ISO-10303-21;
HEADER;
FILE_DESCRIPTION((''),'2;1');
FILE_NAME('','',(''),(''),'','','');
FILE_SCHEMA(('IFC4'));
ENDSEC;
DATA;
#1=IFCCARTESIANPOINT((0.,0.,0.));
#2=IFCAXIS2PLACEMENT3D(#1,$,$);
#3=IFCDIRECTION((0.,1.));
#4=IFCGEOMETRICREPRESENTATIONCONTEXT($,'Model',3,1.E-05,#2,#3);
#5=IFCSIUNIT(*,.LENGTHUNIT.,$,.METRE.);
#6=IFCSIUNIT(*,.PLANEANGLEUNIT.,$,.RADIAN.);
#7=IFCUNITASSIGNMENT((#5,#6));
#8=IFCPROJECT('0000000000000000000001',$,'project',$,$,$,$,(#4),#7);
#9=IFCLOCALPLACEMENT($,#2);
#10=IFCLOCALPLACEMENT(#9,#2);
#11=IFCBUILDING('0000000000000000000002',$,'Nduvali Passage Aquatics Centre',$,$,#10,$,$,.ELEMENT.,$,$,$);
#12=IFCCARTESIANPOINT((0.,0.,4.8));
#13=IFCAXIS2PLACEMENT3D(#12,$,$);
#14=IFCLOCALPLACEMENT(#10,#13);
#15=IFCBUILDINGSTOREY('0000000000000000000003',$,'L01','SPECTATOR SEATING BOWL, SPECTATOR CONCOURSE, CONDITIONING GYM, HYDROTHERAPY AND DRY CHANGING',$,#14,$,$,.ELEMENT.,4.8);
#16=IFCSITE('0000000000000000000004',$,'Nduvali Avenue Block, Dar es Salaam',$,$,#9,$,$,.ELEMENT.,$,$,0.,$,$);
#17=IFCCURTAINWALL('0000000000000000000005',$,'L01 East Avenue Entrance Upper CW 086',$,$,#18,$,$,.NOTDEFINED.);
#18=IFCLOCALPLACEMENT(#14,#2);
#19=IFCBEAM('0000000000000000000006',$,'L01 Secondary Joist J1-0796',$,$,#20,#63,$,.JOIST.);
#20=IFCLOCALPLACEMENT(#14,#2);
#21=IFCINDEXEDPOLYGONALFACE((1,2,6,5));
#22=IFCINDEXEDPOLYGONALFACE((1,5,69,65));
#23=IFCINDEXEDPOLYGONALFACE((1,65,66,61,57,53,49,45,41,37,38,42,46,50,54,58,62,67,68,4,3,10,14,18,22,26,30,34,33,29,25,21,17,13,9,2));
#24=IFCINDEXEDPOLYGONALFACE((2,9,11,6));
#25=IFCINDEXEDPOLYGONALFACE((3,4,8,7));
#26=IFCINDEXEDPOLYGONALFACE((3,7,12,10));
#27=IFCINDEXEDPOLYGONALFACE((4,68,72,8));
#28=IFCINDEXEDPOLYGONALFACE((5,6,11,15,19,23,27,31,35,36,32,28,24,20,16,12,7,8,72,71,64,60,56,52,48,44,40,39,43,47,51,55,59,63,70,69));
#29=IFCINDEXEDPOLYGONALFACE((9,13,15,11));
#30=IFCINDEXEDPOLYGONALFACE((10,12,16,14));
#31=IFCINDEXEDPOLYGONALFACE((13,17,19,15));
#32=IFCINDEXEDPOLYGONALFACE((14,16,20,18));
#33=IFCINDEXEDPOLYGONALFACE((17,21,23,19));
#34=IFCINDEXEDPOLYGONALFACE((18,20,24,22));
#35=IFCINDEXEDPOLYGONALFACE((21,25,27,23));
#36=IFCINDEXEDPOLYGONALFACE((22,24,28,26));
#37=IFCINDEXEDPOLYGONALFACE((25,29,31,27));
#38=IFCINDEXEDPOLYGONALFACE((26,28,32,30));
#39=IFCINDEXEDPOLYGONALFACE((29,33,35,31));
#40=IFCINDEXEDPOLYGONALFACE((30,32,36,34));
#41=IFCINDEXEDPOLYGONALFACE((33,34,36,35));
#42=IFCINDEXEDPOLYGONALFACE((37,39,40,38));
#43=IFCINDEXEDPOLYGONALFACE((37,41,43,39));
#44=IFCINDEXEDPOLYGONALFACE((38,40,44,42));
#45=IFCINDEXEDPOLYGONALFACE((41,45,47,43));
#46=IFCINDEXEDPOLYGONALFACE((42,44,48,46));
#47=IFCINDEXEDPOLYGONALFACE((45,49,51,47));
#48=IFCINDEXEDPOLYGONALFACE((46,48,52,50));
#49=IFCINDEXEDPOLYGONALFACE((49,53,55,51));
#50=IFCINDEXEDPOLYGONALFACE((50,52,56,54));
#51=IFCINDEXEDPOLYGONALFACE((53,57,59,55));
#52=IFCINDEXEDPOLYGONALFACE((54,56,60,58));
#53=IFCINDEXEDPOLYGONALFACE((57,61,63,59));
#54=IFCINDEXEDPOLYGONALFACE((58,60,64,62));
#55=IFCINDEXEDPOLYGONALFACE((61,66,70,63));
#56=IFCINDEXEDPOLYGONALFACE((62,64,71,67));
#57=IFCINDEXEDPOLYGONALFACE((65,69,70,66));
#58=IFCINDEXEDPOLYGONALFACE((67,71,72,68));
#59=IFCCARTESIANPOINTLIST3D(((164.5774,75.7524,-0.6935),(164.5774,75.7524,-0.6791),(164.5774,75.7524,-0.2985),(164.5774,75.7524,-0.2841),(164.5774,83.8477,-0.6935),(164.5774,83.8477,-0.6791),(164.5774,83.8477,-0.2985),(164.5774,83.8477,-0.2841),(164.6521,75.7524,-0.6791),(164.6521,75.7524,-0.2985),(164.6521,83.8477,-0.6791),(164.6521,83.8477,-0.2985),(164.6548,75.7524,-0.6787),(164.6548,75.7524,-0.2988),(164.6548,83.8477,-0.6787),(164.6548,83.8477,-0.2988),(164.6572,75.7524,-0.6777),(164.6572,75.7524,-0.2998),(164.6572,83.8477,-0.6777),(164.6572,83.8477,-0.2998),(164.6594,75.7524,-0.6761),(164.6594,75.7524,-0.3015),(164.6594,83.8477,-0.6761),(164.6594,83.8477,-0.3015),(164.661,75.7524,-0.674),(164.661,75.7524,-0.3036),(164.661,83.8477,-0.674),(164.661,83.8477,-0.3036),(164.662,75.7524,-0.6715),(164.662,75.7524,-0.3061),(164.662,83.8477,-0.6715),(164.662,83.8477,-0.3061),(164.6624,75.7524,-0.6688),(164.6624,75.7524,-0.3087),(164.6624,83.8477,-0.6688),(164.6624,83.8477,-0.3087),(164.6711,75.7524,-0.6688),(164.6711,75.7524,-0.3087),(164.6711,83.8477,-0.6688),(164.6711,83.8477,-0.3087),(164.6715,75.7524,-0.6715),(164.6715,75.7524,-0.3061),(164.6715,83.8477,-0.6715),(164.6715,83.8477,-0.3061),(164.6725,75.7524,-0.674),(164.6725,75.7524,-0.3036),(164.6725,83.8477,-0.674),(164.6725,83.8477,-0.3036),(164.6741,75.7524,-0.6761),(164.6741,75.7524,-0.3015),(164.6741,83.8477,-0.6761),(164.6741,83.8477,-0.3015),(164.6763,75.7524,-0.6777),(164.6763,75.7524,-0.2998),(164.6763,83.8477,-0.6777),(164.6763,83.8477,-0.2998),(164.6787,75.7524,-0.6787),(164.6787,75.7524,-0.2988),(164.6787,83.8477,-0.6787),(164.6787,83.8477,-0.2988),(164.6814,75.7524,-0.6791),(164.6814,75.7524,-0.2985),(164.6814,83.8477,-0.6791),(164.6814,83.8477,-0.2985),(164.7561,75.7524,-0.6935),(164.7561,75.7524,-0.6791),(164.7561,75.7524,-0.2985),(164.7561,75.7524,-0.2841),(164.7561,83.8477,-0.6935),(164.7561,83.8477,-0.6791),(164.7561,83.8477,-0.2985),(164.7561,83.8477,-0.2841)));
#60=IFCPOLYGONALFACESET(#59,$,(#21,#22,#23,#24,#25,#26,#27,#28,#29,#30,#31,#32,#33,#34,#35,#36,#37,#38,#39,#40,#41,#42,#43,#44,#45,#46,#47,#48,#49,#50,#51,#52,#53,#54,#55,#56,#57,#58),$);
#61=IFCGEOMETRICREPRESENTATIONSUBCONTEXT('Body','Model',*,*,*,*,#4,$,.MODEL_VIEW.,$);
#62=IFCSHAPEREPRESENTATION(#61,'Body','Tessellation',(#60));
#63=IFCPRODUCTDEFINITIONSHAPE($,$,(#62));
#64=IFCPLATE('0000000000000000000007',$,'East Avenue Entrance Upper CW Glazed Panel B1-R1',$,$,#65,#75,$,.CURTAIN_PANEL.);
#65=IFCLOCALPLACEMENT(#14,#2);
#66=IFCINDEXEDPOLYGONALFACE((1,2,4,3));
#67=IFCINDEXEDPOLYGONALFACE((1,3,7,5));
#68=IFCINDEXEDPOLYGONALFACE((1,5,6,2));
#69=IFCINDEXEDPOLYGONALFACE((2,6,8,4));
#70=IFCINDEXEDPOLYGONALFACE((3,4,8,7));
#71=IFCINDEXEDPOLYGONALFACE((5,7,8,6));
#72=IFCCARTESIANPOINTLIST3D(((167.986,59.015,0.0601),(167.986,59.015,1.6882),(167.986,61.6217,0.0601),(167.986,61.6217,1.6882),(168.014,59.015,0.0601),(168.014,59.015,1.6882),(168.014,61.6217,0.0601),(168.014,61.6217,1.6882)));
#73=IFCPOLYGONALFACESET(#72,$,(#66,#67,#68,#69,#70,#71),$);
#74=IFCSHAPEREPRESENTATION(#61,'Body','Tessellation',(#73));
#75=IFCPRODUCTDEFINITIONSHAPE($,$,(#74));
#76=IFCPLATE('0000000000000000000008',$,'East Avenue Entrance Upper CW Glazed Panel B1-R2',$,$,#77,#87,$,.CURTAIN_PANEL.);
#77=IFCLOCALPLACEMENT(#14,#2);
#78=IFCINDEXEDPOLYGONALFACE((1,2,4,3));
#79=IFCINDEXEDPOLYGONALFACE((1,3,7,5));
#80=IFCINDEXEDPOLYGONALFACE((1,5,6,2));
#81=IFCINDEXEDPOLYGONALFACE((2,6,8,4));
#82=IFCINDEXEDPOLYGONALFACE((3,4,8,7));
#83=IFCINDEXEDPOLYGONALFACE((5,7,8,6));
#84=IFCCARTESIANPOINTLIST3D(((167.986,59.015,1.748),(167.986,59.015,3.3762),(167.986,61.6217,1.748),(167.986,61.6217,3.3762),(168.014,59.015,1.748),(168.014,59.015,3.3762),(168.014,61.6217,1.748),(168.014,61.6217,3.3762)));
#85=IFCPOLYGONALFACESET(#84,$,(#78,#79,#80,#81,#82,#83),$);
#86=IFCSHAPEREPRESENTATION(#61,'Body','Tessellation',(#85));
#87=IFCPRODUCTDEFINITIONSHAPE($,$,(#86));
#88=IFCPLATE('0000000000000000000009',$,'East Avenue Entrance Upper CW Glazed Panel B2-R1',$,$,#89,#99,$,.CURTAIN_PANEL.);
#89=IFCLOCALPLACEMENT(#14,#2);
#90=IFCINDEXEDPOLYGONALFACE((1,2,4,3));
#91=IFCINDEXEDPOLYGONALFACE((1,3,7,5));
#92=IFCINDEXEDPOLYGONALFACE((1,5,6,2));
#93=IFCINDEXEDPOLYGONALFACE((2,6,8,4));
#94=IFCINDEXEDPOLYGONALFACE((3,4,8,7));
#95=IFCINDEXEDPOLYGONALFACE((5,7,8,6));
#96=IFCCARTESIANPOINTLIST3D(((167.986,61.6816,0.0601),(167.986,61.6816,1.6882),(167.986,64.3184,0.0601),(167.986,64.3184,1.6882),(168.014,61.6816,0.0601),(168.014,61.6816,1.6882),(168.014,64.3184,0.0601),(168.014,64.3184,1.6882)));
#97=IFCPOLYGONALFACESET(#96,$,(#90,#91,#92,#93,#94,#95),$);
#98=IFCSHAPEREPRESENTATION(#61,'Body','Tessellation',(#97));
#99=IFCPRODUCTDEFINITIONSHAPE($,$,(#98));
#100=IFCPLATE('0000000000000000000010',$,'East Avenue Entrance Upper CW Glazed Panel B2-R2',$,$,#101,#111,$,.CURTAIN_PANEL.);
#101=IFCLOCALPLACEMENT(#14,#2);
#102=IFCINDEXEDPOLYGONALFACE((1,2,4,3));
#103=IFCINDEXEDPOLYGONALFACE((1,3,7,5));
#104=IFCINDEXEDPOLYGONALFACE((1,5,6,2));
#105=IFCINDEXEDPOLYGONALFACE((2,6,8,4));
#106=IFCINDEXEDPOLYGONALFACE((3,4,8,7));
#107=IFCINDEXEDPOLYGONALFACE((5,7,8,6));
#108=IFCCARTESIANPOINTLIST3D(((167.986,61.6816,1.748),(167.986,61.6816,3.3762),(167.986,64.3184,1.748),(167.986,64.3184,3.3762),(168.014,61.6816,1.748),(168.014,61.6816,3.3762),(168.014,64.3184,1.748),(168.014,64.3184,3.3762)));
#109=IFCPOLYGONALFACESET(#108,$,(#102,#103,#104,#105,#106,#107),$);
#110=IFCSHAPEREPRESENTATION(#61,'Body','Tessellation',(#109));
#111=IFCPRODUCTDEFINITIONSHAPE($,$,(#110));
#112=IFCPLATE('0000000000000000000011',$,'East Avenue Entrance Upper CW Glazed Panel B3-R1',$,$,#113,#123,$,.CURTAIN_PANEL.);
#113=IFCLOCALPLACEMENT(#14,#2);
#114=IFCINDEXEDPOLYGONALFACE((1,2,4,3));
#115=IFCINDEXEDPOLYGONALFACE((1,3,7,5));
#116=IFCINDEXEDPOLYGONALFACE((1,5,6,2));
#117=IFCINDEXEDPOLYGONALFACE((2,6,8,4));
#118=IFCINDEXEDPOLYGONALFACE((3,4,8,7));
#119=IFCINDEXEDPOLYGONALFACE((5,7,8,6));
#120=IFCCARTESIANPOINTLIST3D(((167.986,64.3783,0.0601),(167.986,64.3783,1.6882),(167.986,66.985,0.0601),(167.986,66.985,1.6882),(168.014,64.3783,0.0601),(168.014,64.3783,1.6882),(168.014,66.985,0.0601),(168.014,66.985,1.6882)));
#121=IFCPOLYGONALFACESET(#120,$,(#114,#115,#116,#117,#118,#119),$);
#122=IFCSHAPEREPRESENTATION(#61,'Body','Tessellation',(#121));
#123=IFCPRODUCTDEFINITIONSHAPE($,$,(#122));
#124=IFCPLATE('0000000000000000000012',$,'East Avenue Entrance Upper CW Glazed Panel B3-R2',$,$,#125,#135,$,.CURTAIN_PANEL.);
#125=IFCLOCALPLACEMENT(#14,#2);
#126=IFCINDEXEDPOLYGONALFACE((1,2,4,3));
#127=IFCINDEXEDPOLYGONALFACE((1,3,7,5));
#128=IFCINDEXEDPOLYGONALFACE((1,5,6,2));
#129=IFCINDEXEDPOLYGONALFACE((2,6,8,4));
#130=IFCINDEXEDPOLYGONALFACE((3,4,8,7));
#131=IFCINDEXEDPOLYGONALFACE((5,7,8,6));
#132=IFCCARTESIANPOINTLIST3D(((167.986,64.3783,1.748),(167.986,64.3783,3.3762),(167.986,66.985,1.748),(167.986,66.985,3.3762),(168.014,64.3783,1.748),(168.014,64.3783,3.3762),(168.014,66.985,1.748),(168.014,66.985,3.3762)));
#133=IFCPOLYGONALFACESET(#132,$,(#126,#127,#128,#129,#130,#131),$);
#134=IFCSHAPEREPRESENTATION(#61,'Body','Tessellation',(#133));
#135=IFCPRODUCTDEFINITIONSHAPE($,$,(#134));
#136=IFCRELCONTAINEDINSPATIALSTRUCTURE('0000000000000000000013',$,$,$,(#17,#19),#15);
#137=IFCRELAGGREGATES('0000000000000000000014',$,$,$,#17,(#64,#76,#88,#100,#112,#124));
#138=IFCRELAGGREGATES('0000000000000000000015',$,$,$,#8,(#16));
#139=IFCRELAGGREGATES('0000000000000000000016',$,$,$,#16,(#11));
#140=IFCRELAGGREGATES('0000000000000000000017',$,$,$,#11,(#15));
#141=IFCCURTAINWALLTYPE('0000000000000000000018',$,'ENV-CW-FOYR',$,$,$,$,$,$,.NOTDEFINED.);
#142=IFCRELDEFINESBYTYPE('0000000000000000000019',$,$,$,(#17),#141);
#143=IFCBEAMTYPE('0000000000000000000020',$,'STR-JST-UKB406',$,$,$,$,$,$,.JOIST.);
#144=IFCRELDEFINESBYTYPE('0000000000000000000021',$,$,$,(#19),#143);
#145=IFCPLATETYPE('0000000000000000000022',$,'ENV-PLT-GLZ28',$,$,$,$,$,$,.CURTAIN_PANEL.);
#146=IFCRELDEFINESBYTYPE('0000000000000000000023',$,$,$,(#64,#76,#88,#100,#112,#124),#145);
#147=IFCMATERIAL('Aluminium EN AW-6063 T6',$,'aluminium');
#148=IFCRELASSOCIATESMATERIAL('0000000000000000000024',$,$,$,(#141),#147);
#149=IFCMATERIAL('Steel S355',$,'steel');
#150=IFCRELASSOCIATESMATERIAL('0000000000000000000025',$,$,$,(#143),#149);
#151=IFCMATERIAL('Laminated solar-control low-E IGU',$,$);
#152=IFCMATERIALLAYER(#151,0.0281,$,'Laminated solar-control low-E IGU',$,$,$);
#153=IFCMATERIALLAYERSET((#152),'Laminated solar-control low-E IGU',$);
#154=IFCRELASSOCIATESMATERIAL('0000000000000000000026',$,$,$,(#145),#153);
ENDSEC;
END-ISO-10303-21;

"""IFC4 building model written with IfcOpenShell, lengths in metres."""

from ifc_helpers import new_model, si_unit, direction, frame, origin, origin_2d, place, context, subcontext, project, spatial, rectangle, i_section, extrude, material, layer, layer_set, material_profile, profile_set, type_object, element, aggregate, save


model = new_model("IFC4")

# Units and contexts
model_context = context("Model", 3, precision=1e-05, world=origin(), true_north=direction((0.0, 1.0)))
body_context = subcontext(model_context, "Body", "Model", "MODEL_VIEW")
ifc_project = project(units=[si_unit("LENGTHUNIT", "METRE"), si_unit("PLANEANGLEUNIT", "RADIAN")], contexts=[model_context])

# Site, building, storey
site_placement = place(None, origin())
site = spatial("IfcSite", under=ifc_project, at=site_placement, Name="Nduvali Avenue Block, Dar es Salaam", CompositionType="ELEMENT", RefElevation=0.0)
building_placement = place(site_placement, origin())
building = spatial("IfcBuilding", under=site, at=building_placement, Name="Nduvali Passage Aquatics Centre", CompositionType="ELEMENT")
storey_placement = place(building_placement, frame((0.0, 0.0, 4.8)))
storey = spatial("IfcBuildingStorey", under=building, at=storey_placement, Name="L01", Description="SPECTATOR SEATING BOWL, SPECTATOR CONCOURSE, CONDITIONING GYM, HYDROTHERAPY AND DRY CHANGING", CompositionType="ELEMENT", Elevation=4.8)

# Curtain wall
ifc_material_1 = material(Name="Aluminium EN AW-6063 T6", Category="aluminium")
curtain_wall_type = type_object("IfcCurtainWallType", Name="ENV-CW-FOYR", PredefinedType="NOTDEFINED", material=ifc_material_1)
curtain_wall_placement = place(storey_placement, origin())
curtain_wall = element("IfcCurtainWall", 1, at=curtain_wall_placement, inside=storey, type_object=curtain_wall_type, Name="L01 East Avenue Entrance Upper CW 086", PredefinedType="NOTDEFINED")

# Beam
ifc_material_2 = material(Name="Steel S355", Category="steel")
ifc_material_profile_1 = material_profile(ifc_material_2, i_section(OverallWidth=0.1787, OverallDepth=0.4094, WebThickness=0.0088, FlangeThickness=0.0144, FilletRadius=0.0103, at=origin_2d()), Name="UKB 406x178x67")
ifc_profile_set_1 = profile_set([ifc_material_profile_1], Name="Steel S355")
beam_type_1 = type_object("IfcBeamType", Name="STR-JST-UKB406", PredefinedType="JOIST", material=ifc_profile_set_1)
for number, where, z_axis, x_axis, name in (
    (2, (164.6667, 75.7524, -0.4888), (0.0, 1.0, 0.0), (-1.0, 0.0, 0.0), "L01 Secondary Joist J1-0796"),
):
    element("IfcBeam", number, at=place(storey_placement, frame(where, z_axis=z_axis, x_axis=x_axis)), inside=storey, type_object=beam_type_1, Name=name, PredefinedType="JOIST", context=body_context, shape_type="SweptSolid", body=[
        extrude(i_section(OverallWidth=0.1787, OverallDepth=0.4094, WebThickness=0.0088, FlangeThickness=0.0144, FilletRadius=0.0103, at=origin_2d()), origin(), (0.0, 0.0, 1.0), 8.0952),
    ])

# Plates
ifc_material_3 = material(Name="Laminated solar-control low-E IGU")
ifc_layer = layer(ifc_material_3, 0.0281, Name="Laminated solar-control low-E IGU")
ifc_layer_set = layer_set([ifc_layer], Name="Laminated solar-control low-E IGU")
plate_type = type_object("IfcPlateType", Name="ENV-PLT-GLZ28", PredefinedType="CURTAIN_PANEL", material=ifc_layer_set)
plate_1_placement = place(storey_placement, frame((168.0, 60.3184, 0.0601), z_axis=(0.0, 0.0, 1.0), x_axis=(0.0, 1.0, 0.0)))
plate_1 = element("IfcPlate", 3, at=plate_1_placement, type_object=plate_type, Name="East Avenue Entrance Upper CW Glazed Panel B1-R1", PredefinedType="CURTAIN_PANEL", context=body_context, shape_type="SweptSolid", body=[
    extrude(rectangle(XDim=2.6067, YDim=0.0281, at=origin_2d()), origin(), (0.0, 0.0, 1.0), 1.6282),
])
plate_2_placement = place(storey_placement, frame((168.0, 60.3184, 1.748), z_axis=(0.0, 0.0, 1.0), x_axis=(0.0, 1.0, 0.0)))
plate_2 = element("IfcPlate", 4, at=plate_2_placement, type_object=plate_type, Name="East Avenue Entrance Upper CW Glazed Panel B1-R2", PredefinedType="CURTAIN_PANEL", context=body_context, shape_type="SweptSolid", body=[
    extrude(rectangle(XDim=2.6067, YDim=0.0281, at=origin_2d()), origin(), (0.0, 0.0, 1.0), 1.6282),
])
plate_3_placement = place(storey_placement, frame((168.0, 63.0, 0.0601), z_axis=(0.0, 0.0, 1.0), x_axis=(0.0, 1.0, 0.0)))
plate_3 = element("IfcPlate", 5, at=plate_3_placement, type_object=plate_type, Name="East Avenue Entrance Upper CW Glazed Panel B2-R1", PredefinedType="CURTAIN_PANEL", context=body_context, shape_type="SweptSolid", body=[
    extrude(rectangle(XDim=2.6367, YDim=0.0281, at=origin_2d()), origin(), (0.0, 0.0, 1.0), 1.6282),
])
plate_4_placement = place(storey_placement, frame((168.0, 63.0, 1.748), z_axis=(0.0, 0.0, 1.0), x_axis=(0.0, 1.0, 0.0)))
plate_4 = element("IfcPlate", 6, at=plate_4_placement, type_object=plate_type, Name="East Avenue Entrance Upper CW Glazed Panel B2-R2", PredefinedType="CURTAIN_PANEL", context=body_context, shape_type="SweptSolid", body=[
    extrude(rectangle(XDim=2.6367, YDim=0.0281, at=origin_2d()), origin(), (0.0, 0.0, 1.0), 1.6282),
])
plate_5_placement = place(storey_placement, frame((168.0, 65.6816, 0.0601), z_axis=(0.0, 0.0, 1.0), x_axis=(0.0, 1.0, 0.0)))
plate_5 = element("IfcPlate", 7, at=plate_5_placement, type_object=plate_type, Name="East Avenue Entrance Upper CW Glazed Panel B3-R1", PredefinedType="CURTAIN_PANEL", context=body_context, shape_type="SweptSolid", body=[
    extrude(rectangle(XDim=2.6067, YDim=0.0281, at=origin_2d()), origin(), (0.0, 0.0, 1.0), 1.6282),
])
plate_6_placement = place(storey_placement, frame((168.0, 65.6816, 1.748), z_axis=(0.0, 0.0, 1.0), x_axis=(0.0, 1.0, 0.0)))
plate_6 = element("IfcPlate", 8, at=plate_6_placement, type_object=plate_type, Name="East Avenue Entrance Upper CW Glazed Panel B3-R2", PredefinedType="CURTAIN_PANEL", context=body_context, shape_type="SweptSolid", body=[
    extrude(rectangle(XDim=2.6067, YDim=0.0281, at=origin_2d()), origin(), (0.0, 0.0, 1.0), 1.6282),
])
aggregate(curtain_wall, [plate_1, plate_2, plate_3, plate_4, plate_5, plate_6])

save(model, "model.ifc")
